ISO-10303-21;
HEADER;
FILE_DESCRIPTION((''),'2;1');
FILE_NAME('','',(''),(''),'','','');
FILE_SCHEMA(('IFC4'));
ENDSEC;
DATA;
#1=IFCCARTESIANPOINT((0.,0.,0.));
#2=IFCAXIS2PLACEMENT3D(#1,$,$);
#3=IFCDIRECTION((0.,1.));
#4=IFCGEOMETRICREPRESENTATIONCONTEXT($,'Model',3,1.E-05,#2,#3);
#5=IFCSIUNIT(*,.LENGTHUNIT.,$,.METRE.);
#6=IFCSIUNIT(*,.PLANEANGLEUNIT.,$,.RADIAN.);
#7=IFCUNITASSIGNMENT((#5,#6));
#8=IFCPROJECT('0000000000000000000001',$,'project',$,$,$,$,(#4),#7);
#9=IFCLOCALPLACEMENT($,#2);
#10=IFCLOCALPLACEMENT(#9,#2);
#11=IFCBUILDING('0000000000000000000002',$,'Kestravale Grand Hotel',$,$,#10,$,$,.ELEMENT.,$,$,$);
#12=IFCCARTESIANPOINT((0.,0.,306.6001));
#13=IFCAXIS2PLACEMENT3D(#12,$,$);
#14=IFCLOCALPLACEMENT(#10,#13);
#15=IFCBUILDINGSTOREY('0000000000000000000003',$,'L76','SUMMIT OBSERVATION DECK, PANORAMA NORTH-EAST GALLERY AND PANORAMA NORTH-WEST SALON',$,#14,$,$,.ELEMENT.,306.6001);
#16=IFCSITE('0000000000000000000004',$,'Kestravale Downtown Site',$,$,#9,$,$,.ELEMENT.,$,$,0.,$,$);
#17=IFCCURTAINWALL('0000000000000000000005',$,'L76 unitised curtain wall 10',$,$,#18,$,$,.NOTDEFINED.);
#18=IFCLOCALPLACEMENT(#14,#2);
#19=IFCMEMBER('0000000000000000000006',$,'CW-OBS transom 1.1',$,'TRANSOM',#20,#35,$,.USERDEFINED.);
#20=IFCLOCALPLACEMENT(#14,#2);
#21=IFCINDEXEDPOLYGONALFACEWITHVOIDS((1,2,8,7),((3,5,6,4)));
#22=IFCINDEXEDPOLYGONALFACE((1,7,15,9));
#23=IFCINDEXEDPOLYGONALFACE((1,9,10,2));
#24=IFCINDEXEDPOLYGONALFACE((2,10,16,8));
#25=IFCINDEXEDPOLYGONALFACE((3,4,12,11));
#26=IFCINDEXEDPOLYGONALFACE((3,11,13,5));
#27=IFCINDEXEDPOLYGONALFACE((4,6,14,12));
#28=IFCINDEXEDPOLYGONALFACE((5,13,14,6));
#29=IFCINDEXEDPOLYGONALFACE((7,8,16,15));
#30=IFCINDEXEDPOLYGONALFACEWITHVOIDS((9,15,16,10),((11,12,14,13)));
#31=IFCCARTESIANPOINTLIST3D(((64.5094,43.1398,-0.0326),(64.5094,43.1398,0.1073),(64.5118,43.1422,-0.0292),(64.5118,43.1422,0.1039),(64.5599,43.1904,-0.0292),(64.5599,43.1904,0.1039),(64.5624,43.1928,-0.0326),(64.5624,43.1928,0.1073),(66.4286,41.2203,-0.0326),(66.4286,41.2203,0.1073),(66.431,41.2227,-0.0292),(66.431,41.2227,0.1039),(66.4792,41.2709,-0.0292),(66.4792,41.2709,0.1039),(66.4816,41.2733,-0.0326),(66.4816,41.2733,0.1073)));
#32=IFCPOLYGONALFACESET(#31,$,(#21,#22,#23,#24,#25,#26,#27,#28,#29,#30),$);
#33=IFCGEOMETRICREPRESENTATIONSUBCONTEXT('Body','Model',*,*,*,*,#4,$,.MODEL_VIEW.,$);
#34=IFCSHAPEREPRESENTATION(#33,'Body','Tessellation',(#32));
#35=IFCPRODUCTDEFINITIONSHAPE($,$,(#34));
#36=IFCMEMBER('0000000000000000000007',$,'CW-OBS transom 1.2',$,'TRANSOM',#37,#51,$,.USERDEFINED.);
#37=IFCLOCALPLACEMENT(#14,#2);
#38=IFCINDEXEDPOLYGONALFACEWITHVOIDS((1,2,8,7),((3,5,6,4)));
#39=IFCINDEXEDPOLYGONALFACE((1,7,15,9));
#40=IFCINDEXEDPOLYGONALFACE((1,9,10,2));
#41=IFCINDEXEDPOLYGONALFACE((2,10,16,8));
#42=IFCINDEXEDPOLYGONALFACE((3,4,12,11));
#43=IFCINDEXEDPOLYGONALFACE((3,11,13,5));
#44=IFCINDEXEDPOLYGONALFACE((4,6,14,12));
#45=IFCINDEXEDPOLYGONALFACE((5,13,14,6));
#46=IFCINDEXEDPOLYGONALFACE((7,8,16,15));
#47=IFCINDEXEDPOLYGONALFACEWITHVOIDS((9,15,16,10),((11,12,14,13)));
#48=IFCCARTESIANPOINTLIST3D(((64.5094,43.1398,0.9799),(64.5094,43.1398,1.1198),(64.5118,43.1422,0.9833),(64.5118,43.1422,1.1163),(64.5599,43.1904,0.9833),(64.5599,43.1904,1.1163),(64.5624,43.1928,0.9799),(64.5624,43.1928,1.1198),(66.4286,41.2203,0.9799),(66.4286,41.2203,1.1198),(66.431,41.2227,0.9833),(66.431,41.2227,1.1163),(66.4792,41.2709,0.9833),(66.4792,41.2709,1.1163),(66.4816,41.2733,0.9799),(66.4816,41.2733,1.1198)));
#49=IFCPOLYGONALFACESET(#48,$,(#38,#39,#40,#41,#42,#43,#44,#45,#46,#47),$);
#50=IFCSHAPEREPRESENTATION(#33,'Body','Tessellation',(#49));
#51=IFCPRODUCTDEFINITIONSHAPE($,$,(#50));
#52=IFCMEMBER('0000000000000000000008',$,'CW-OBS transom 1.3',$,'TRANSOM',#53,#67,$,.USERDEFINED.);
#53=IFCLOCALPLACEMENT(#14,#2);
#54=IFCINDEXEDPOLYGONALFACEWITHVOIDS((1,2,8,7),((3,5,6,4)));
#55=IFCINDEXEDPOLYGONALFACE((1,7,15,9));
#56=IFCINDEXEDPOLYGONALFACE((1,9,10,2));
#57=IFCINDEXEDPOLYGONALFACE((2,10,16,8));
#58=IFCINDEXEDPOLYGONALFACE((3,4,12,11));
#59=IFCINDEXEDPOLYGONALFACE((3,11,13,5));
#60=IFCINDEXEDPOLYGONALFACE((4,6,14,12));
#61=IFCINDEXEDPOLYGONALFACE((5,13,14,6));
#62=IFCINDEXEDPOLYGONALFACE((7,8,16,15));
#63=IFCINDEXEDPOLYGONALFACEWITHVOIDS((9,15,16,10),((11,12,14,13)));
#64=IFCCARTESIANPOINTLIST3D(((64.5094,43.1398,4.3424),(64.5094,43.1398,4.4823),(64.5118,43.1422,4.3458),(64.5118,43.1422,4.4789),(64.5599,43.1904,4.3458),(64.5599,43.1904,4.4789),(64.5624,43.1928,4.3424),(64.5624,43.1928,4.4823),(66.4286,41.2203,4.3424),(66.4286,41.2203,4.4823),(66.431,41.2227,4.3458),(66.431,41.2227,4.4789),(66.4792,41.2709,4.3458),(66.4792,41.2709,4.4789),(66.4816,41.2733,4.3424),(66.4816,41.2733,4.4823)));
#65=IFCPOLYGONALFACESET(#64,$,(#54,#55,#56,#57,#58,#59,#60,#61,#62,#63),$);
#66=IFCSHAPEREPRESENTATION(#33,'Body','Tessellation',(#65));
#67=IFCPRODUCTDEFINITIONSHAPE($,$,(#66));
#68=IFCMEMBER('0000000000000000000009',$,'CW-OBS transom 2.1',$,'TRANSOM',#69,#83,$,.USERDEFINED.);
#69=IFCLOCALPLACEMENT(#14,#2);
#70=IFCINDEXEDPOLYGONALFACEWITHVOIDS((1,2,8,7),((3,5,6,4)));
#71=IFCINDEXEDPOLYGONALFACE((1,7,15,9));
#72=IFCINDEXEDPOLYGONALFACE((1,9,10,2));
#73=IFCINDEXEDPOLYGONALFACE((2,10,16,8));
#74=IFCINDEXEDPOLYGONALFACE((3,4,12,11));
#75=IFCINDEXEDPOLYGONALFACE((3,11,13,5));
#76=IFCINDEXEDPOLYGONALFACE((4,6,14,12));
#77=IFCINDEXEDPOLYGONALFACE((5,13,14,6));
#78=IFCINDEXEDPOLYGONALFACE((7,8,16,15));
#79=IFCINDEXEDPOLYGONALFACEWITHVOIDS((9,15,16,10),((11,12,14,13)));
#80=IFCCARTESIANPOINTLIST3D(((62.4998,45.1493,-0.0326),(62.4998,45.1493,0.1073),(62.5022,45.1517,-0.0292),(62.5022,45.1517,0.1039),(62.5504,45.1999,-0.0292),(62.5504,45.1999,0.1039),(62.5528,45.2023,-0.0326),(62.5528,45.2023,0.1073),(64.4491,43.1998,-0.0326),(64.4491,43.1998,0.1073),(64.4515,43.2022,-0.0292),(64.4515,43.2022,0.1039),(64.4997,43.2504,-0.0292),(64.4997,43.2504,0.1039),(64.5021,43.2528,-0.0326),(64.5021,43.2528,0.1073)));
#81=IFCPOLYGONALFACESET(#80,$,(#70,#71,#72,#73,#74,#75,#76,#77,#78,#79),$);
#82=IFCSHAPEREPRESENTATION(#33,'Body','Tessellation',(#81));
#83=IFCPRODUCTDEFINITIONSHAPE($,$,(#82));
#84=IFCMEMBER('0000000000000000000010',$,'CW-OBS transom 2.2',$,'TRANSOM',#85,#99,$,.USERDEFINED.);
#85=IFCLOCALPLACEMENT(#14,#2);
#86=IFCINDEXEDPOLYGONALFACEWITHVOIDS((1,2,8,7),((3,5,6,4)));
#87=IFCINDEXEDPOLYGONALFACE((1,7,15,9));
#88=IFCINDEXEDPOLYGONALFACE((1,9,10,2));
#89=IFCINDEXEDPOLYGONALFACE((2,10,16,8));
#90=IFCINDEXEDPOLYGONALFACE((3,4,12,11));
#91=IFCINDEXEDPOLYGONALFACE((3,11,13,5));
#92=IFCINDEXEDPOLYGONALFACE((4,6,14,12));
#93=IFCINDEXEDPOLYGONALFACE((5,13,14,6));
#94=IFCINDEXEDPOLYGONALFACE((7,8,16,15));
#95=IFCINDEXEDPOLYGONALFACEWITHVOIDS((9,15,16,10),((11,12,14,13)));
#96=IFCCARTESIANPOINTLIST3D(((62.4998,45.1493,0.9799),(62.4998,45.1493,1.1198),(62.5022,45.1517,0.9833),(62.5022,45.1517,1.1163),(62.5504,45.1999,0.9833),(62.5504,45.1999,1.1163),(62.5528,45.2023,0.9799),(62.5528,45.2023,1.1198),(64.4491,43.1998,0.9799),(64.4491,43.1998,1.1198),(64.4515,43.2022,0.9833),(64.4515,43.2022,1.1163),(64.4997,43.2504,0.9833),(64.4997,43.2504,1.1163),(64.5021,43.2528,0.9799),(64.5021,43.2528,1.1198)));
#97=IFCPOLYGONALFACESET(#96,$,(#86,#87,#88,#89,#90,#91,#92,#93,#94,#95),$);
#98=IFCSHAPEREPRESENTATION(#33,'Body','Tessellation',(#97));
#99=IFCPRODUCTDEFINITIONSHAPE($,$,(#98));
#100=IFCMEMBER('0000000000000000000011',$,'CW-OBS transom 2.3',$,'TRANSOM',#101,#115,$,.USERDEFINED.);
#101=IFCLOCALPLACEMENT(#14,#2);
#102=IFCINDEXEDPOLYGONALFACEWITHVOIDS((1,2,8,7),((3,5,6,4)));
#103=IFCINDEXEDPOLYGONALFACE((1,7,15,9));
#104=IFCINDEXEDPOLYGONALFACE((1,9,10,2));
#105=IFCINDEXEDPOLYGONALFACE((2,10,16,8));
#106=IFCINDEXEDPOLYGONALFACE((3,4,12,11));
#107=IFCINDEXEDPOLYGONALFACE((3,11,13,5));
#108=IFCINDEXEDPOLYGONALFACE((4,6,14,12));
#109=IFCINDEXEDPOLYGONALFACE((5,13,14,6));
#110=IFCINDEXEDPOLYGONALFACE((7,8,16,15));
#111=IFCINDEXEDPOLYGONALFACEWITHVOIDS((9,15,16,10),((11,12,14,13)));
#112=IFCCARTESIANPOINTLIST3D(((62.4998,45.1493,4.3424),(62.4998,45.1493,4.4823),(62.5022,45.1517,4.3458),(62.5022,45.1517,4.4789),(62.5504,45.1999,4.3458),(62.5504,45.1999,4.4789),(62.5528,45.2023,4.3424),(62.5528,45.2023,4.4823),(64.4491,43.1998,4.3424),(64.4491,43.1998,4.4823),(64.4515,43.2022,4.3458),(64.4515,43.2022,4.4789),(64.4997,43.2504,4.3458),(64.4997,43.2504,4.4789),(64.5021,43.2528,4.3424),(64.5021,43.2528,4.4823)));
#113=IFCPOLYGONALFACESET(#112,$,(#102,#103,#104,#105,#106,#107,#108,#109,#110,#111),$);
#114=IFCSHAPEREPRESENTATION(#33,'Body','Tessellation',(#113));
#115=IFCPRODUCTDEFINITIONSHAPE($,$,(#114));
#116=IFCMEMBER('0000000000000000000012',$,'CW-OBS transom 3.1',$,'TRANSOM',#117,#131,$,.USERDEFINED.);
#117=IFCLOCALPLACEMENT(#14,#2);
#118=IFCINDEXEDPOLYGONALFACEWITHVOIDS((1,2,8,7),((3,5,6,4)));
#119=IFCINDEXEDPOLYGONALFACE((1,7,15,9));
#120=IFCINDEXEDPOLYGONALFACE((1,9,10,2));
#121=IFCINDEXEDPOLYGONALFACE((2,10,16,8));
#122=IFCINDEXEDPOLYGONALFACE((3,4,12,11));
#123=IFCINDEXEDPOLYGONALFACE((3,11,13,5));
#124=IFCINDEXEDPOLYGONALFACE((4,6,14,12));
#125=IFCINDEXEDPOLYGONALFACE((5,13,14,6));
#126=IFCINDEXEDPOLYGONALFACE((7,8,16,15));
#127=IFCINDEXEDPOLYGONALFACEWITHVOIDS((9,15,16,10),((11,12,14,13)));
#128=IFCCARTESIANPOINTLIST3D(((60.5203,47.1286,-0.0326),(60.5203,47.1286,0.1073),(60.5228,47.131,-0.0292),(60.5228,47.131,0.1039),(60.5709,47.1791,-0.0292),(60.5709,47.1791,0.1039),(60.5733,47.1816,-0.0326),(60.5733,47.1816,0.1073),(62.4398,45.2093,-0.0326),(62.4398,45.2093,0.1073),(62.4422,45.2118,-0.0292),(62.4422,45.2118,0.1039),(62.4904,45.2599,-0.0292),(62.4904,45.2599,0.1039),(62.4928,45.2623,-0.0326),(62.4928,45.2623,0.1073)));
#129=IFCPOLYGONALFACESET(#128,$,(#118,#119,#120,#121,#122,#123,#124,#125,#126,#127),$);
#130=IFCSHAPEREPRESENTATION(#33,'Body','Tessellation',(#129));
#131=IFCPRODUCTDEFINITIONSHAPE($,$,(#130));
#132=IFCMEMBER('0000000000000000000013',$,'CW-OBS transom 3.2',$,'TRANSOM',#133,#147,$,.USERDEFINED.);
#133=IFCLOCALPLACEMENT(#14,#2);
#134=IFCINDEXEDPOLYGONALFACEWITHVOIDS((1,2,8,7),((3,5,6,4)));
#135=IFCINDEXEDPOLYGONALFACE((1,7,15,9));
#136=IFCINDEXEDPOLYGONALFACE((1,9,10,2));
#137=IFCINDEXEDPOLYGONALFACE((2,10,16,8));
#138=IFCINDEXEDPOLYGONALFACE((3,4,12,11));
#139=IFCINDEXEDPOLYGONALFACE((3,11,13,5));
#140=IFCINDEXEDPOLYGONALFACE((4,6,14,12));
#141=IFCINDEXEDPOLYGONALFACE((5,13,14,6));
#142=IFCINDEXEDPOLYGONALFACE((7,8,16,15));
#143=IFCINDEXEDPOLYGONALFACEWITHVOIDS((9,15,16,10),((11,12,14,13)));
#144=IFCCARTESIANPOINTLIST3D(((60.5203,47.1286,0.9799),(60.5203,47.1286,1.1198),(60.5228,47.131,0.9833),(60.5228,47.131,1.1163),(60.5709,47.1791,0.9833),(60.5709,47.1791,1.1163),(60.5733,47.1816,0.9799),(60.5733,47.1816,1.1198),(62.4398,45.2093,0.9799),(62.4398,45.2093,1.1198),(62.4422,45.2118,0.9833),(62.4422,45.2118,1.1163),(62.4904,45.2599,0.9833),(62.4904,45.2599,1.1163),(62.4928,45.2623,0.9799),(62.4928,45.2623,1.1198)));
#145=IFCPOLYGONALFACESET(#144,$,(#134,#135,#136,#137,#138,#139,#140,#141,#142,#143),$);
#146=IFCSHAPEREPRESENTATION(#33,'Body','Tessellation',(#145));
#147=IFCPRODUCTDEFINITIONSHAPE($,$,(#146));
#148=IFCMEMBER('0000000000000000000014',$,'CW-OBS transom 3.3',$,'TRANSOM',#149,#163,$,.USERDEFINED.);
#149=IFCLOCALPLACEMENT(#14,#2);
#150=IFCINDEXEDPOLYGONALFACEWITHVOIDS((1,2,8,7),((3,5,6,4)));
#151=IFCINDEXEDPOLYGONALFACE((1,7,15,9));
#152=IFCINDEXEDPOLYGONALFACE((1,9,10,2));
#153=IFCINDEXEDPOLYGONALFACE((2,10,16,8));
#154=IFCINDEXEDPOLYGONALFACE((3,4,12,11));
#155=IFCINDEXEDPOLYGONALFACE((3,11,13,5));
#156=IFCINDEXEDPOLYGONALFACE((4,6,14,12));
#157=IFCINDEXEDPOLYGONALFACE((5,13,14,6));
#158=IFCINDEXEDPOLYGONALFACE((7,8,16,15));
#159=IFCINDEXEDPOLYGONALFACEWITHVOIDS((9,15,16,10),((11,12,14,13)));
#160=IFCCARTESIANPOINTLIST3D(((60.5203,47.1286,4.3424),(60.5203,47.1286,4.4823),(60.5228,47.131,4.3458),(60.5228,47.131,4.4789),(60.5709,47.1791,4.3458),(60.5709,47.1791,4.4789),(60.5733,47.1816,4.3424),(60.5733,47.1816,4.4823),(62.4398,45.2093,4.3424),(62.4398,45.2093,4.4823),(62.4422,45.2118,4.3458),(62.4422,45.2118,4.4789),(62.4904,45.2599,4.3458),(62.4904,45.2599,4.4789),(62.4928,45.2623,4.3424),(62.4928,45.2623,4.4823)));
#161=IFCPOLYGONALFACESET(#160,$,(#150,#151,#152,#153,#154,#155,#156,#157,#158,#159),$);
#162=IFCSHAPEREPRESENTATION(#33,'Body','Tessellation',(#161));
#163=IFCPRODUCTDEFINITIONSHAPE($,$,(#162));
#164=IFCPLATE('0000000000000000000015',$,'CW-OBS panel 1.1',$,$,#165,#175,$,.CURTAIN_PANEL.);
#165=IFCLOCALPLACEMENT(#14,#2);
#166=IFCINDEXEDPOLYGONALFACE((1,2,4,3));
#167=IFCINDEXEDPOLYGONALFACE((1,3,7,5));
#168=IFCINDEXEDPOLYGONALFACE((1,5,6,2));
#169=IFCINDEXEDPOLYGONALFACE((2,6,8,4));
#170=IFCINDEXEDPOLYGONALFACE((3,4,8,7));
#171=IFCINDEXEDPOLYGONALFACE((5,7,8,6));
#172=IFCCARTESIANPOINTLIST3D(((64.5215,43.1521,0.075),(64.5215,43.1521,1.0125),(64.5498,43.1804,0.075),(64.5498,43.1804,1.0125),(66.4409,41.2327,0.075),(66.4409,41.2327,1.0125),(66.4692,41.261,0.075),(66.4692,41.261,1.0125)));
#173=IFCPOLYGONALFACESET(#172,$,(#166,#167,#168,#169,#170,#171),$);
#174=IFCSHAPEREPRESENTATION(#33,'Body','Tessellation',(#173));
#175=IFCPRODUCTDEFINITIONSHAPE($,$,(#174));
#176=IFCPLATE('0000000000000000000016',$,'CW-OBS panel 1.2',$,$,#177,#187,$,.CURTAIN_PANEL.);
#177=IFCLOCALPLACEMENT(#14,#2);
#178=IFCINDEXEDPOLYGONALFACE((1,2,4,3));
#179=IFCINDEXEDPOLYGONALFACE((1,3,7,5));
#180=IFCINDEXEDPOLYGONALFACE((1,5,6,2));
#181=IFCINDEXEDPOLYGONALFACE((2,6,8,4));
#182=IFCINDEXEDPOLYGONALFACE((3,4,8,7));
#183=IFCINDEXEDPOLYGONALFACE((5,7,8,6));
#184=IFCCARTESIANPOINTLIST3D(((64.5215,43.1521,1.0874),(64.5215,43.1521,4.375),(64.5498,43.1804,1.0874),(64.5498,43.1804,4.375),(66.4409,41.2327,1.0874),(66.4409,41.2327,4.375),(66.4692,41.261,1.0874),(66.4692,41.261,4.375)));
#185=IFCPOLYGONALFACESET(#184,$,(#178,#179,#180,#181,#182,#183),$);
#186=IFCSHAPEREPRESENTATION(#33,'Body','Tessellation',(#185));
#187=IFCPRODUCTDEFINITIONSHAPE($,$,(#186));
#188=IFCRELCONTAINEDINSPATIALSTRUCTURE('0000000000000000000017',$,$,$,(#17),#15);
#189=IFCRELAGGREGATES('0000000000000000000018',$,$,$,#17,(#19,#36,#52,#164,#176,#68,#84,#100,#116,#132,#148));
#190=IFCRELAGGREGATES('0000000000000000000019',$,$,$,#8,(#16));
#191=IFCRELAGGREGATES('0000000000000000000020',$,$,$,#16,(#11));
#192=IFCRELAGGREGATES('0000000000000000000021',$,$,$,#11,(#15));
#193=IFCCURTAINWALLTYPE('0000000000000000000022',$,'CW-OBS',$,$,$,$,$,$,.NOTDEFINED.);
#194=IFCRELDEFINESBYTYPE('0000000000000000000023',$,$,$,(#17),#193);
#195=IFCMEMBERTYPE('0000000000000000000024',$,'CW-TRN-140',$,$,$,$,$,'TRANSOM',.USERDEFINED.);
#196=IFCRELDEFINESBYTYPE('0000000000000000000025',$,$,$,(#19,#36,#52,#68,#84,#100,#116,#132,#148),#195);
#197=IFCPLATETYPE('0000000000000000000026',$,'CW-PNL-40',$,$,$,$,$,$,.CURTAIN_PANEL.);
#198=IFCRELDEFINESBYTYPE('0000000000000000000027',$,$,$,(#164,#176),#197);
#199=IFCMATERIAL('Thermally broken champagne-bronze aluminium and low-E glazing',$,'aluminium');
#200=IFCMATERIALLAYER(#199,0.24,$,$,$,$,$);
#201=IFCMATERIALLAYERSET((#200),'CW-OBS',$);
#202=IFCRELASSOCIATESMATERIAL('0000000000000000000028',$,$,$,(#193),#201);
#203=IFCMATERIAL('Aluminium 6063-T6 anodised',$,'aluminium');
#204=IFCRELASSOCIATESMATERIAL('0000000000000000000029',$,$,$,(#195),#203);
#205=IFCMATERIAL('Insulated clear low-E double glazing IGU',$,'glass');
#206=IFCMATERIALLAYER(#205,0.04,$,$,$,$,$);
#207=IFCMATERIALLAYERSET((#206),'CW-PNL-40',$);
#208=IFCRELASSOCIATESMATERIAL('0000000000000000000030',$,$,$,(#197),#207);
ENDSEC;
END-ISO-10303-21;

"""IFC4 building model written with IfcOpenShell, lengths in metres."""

from ifc_helpers import new_model, si_unit, direction, frame, origin, origin_2d, place, context, subcontext, project, spatial, rectangle, hollow_rectangle, extrude, material, layer, layer_set, material_profile, profile_set, type_object, element, aggregate, save


model = new_model("IFC4")

# Units and contexts
model_context = context("Model", 3, precision=1e-05, world=origin(), true_north=direction((0.0, 1.0)))
body_context = subcontext(model_context, "Body", "Model", "MODEL_VIEW")
ifc_project = project(units=[si_unit("LENGTHUNIT", "METRE"), si_unit("PLANEANGLEUNIT", "RADIAN")], contexts=[model_context])

# Site, building, storey
site_placement = place(None, origin())
site = spatial("IfcSite", under=ifc_project, at=site_placement, Name="Kestravale Downtown Site", CompositionType="ELEMENT", RefElevation=0.0)
building_placement = place(site_placement, origin())
building = spatial("IfcBuilding", under=site, at=building_placement, Name="Kestravale Grand Hotel", CompositionType="ELEMENT")
storey_placement = place(building_placement, frame((0.0, 0.0, 306.6001)))
storey = spatial("IfcBuildingStorey", under=building, at=storey_placement, Name="L76", Description="SUMMIT OBSERVATION DECK, PANORAMA NORTH-EAST GALLERY AND PANORAMA NORTH-WEST SALON", CompositionType="ELEMENT", Elevation=306.6001)

# Curtain wall, members, plates
ifc_material_1 = material(Name="Thermally broken champagne-bronze aluminium and low-E glazing", Category="aluminium")
ifc_layer_1 = layer(ifc_material_1, 0.24)
ifc_layer_set_1 = layer_set([ifc_layer_1], Name="CW-OBS")
curtain_wall_type = type_object("IfcCurtainWallType", Name="CW-OBS", PredefinedType="NOTDEFINED", material=ifc_layer_set_1)
curtain_wall_placement = place(storey_placement, origin())
curtain_wall = element("IfcCurtainWall", 1, at=curtain_wall_placement, inside=storey, type_object=curtain_wall_type, Name="L76 unitised curtain wall 10", PredefinedType="NOTDEFINED")
ifc_material_2 = material(Name="Aluminium 6063-T6 anodised", Category="aluminium")
ifc_material_profile_1 = material_profile(ifc_material_2, hollow_rectangle(XDim=0.075, YDim=0.1399, WallThickness=0.0034, at=origin_2d()))
ifc_profile_set_1 = profile_set([ifc_material_profile_1], Name="Aluminium 6063-T6 anodised")
member_type_1 = type_object("IfcMemberType", Name="CW-TRN-140", ElementType="TRANSOM", PredefinedType="USERDEFINED", material=ifc_profile_set_1)
member_1_placement = place(storey_placement, frame((66.4551, 41.2468, 0.0374), z_axis=(-0.707062, 0.707152, 0.0), x_axis=(-0.707152, -0.707062, 0.0)))
member_1 = element("IfcMember", 2, at=member_1_placement, type_object=member_type_1, Name="CW-OBS transom 1.1", ObjectType="TRANSOM", PredefinedType="USERDEFINED", context=body_context, shape_type="SweptSolid", body=[
    extrude(hollow_rectangle(XDim=0.075, YDim=0.1399, WallThickness=0.0034, at=origin_2d()), origin(), (0.0, 0.0, 1.0), 2.7144),
])
member_2_placement = place(storey_placement, frame((66.4551, 41.2468, 1.0498), z_axis=(-0.707062, 0.707152, 0.0), x_axis=(-0.707152, -0.707062, 0.0)))
member_2 = element("IfcMember", 3, at=member_2_placement, type_object=member_type_1, Name="CW-OBS transom 1.2", ObjectType="TRANSOM", PredefinedType="USERDEFINED", context=body_context, shape_type="SweptSolid", body=[
    extrude(hollow_rectangle(XDim=0.075, YDim=0.1399, WallThickness=0.0034, at=origin_2d()), origin(), (0.0, 0.0, 1.0), 2.7144),
])
member_3_placement = place(storey_placement, frame((66.4551, 41.2468, 4.4124), z_axis=(-0.707062, 0.707152, 0.0), x_axis=(-0.707152, -0.707062, 0.0)))
member_3 = element("IfcMember", 4, at=member_3_placement, type_object=member_type_1, Name="CW-OBS transom 1.3", ObjectType="TRANSOM", PredefinedType="USERDEFINED", context=body_context, shape_type="SweptSolid", body=[
    extrude(hollow_rectangle(XDim=0.075, YDim=0.1399, WallThickness=0.0034, at=origin_2d()), origin(), (0.0, 0.0, 1.0), 2.7144),
])
member_4_placement = place(storey_placement, frame((64.4756, 43.2263, 0.0374), z_axis=(-0.707062, 0.707151, 0.0), x_axis=(-0.707151, -0.707062, 0.0)))
member_4 = element("IfcMember", 5, at=member_4_placement, type_object=member_type_1, Name="CW-OBS transom 2.1", ObjectType="TRANSOM", PredefinedType="USERDEFINED", context=body_context, shape_type="SweptSolid", body=[
    extrude(hollow_rectangle(XDim=0.075, YDim=0.1399, WallThickness=0.0034, at=origin_2d()), origin(), (0.0, 0.0, 1.0), 2.7568),
])
member_5_placement = place(storey_placement, frame((64.4756, 43.2263, 1.0498), z_axis=(-0.707062, 0.707151, 0.0), x_axis=(-0.707151, -0.707062, 0.0)))
member_5 = element("IfcMember", 6, at=member_5_placement, type_object=member_type_1, Name="CW-OBS transom 2.2", ObjectType="TRANSOM", PredefinedType="USERDEFINED", context=body_context, shape_type="SweptSolid", body=[
    extrude(hollow_rectangle(XDim=0.075, YDim=0.1399, WallThickness=0.0034, at=origin_2d()), origin(), (0.0, 0.0, 1.0), 2.7568),
])
member_6_placement = place(storey_placement, frame((64.4756, 43.2263, 4.4124), z_axis=(-0.707062, 0.707151, 0.0), x_axis=(-0.707151, -0.707062, 0.0)))
member_6 = element("IfcMember", 7, at=member_6_placement, type_object=member_type_1, Name="CW-OBS transom 2.3", ObjectType="TRANSOM", PredefinedType="USERDEFINED", context=body_context, shape_type="SweptSolid", body=[
    extrude(hollow_rectangle(XDim=0.075, YDim=0.1399, WallThickness=0.0034, at=origin_2d()), origin(), (0.0, 0.0, 1.0), 2.7568),
])
member_7_placement = place(storey_placement, frame((62.4663, 45.2358, 0.0374), z_axis=(-0.707152, 0.707062, 0.0), x_axis=(-0.707062, -0.707152, 0.0)))
member_7 = element("IfcMember", 8, at=member_7_placement, type_object=member_type_1, Name="CW-OBS transom 3.1", ObjectType="TRANSOM", PredefinedType="USERDEFINED", context=body_context, shape_type="SweptSolid", body=[
    extrude(hollow_rectangle(XDim=0.075, YDim=0.1399, WallThickness=0.0034, at=origin_2d()), origin(), (0.0, 0.0, 1.0), 2.7144),
])
member_8_placement = place(storey_placement, frame((62.4663, 45.2358, 1.0498), z_axis=(-0.707152, 0.707062, 0.0), x_axis=(-0.707062, -0.707152, 0.0)))
member_8 = element("IfcMember", 9, at=member_8_placement, type_object=member_type_1, Name="CW-OBS transom 3.2", ObjectType="TRANSOM", PredefinedType="USERDEFINED", context=body_context, shape_type="SweptSolid", body=[
    extrude(hollow_rectangle(XDim=0.075, YDim=0.1399, WallThickness=0.0034, at=origin_2d()), origin(), (0.0, 0.0, 1.0), 2.7144),
])
member_9_placement = place(storey_placement, frame((62.4663, 45.2358, 4.4124), z_axis=(-0.707152, 0.707062, 0.0), x_axis=(-0.707062, -0.707152, 0.0)))
member_9 = element("IfcMember", 10, at=member_9_placement, type_object=member_type_1, Name="CW-OBS transom 3.3", ObjectType="TRANSOM", PredefinedType="USERDEFINED", context=body_context, shape_type="SweptSolid", body=[
    extrude(hollow_rectangle(XDim=0.075, YDim=0.1399, WallThickness=0.0034, at=origin_2d()), origin(), (0.0, 0.0, 1.0), 2.7144),
])
ifc_material_3 = material(Name="Insulated clear low-E double glazing IGU", Category="glass")
ifc_layer_2 = layer(ifc_material_3, 0.04)
ifc_layer_set_2 = layer_set([ifc_layer_2], Name="CW-PNL-40")
plate_type = type_object("IfcPlateType", Name="CW-PNL-40", PredefinedType="CURTAIN_PANEL", material=ifc_layer_set_2)
plate_1_placement = place(storey_placement, frame((65.4954, 42.2065, 0.075), z_axis=(0.0, 0.0, 1.0), x_axis=(-0.707107, 0.707107, 0.0)))
plate_1 = element("IfcPlate", 11, at=plate_1_placement, type_object=plate_type, Name="CW-OBS panel 1.1", PredefinedType="CURTAIN_PANEL", context=body_context, shape_type="SweptSolid", body=[
    extrude(rectangle(XDim=2.7144, YDim=0.04, at=origin_2d()), origin(), (0.0, 0.0, 1.0), 0.9375),
])
plate_2_placement = place(storey_placement, frame((65.4954, 42.2065, 1.0874), z_axis=(0.0, 0.0, 1.0), x_axis=(-0.707107, 0.707107, 0.0)))
plate_2 = element("IfcPlate", 12, at=plate_2_placement, type_object=plate_type, Name="CW-OBS panel 1.2", PredefinedType="CURTAIN_PANEL", context=body_context, shape_type="SweptSolid", body=[
    extrude(rectangle(XDim=2.7144, YDim=0.04, at=origin_2d()), origin(), (0.0, 0.0, 1.0), 3.2876),
])
aggregate(curtain_wall, [member_1, member_2, member_3, plate_1, plate_2, member_4, member_5, member_6, member_7, member_8, member_9])

save(model, "model.ifc")
